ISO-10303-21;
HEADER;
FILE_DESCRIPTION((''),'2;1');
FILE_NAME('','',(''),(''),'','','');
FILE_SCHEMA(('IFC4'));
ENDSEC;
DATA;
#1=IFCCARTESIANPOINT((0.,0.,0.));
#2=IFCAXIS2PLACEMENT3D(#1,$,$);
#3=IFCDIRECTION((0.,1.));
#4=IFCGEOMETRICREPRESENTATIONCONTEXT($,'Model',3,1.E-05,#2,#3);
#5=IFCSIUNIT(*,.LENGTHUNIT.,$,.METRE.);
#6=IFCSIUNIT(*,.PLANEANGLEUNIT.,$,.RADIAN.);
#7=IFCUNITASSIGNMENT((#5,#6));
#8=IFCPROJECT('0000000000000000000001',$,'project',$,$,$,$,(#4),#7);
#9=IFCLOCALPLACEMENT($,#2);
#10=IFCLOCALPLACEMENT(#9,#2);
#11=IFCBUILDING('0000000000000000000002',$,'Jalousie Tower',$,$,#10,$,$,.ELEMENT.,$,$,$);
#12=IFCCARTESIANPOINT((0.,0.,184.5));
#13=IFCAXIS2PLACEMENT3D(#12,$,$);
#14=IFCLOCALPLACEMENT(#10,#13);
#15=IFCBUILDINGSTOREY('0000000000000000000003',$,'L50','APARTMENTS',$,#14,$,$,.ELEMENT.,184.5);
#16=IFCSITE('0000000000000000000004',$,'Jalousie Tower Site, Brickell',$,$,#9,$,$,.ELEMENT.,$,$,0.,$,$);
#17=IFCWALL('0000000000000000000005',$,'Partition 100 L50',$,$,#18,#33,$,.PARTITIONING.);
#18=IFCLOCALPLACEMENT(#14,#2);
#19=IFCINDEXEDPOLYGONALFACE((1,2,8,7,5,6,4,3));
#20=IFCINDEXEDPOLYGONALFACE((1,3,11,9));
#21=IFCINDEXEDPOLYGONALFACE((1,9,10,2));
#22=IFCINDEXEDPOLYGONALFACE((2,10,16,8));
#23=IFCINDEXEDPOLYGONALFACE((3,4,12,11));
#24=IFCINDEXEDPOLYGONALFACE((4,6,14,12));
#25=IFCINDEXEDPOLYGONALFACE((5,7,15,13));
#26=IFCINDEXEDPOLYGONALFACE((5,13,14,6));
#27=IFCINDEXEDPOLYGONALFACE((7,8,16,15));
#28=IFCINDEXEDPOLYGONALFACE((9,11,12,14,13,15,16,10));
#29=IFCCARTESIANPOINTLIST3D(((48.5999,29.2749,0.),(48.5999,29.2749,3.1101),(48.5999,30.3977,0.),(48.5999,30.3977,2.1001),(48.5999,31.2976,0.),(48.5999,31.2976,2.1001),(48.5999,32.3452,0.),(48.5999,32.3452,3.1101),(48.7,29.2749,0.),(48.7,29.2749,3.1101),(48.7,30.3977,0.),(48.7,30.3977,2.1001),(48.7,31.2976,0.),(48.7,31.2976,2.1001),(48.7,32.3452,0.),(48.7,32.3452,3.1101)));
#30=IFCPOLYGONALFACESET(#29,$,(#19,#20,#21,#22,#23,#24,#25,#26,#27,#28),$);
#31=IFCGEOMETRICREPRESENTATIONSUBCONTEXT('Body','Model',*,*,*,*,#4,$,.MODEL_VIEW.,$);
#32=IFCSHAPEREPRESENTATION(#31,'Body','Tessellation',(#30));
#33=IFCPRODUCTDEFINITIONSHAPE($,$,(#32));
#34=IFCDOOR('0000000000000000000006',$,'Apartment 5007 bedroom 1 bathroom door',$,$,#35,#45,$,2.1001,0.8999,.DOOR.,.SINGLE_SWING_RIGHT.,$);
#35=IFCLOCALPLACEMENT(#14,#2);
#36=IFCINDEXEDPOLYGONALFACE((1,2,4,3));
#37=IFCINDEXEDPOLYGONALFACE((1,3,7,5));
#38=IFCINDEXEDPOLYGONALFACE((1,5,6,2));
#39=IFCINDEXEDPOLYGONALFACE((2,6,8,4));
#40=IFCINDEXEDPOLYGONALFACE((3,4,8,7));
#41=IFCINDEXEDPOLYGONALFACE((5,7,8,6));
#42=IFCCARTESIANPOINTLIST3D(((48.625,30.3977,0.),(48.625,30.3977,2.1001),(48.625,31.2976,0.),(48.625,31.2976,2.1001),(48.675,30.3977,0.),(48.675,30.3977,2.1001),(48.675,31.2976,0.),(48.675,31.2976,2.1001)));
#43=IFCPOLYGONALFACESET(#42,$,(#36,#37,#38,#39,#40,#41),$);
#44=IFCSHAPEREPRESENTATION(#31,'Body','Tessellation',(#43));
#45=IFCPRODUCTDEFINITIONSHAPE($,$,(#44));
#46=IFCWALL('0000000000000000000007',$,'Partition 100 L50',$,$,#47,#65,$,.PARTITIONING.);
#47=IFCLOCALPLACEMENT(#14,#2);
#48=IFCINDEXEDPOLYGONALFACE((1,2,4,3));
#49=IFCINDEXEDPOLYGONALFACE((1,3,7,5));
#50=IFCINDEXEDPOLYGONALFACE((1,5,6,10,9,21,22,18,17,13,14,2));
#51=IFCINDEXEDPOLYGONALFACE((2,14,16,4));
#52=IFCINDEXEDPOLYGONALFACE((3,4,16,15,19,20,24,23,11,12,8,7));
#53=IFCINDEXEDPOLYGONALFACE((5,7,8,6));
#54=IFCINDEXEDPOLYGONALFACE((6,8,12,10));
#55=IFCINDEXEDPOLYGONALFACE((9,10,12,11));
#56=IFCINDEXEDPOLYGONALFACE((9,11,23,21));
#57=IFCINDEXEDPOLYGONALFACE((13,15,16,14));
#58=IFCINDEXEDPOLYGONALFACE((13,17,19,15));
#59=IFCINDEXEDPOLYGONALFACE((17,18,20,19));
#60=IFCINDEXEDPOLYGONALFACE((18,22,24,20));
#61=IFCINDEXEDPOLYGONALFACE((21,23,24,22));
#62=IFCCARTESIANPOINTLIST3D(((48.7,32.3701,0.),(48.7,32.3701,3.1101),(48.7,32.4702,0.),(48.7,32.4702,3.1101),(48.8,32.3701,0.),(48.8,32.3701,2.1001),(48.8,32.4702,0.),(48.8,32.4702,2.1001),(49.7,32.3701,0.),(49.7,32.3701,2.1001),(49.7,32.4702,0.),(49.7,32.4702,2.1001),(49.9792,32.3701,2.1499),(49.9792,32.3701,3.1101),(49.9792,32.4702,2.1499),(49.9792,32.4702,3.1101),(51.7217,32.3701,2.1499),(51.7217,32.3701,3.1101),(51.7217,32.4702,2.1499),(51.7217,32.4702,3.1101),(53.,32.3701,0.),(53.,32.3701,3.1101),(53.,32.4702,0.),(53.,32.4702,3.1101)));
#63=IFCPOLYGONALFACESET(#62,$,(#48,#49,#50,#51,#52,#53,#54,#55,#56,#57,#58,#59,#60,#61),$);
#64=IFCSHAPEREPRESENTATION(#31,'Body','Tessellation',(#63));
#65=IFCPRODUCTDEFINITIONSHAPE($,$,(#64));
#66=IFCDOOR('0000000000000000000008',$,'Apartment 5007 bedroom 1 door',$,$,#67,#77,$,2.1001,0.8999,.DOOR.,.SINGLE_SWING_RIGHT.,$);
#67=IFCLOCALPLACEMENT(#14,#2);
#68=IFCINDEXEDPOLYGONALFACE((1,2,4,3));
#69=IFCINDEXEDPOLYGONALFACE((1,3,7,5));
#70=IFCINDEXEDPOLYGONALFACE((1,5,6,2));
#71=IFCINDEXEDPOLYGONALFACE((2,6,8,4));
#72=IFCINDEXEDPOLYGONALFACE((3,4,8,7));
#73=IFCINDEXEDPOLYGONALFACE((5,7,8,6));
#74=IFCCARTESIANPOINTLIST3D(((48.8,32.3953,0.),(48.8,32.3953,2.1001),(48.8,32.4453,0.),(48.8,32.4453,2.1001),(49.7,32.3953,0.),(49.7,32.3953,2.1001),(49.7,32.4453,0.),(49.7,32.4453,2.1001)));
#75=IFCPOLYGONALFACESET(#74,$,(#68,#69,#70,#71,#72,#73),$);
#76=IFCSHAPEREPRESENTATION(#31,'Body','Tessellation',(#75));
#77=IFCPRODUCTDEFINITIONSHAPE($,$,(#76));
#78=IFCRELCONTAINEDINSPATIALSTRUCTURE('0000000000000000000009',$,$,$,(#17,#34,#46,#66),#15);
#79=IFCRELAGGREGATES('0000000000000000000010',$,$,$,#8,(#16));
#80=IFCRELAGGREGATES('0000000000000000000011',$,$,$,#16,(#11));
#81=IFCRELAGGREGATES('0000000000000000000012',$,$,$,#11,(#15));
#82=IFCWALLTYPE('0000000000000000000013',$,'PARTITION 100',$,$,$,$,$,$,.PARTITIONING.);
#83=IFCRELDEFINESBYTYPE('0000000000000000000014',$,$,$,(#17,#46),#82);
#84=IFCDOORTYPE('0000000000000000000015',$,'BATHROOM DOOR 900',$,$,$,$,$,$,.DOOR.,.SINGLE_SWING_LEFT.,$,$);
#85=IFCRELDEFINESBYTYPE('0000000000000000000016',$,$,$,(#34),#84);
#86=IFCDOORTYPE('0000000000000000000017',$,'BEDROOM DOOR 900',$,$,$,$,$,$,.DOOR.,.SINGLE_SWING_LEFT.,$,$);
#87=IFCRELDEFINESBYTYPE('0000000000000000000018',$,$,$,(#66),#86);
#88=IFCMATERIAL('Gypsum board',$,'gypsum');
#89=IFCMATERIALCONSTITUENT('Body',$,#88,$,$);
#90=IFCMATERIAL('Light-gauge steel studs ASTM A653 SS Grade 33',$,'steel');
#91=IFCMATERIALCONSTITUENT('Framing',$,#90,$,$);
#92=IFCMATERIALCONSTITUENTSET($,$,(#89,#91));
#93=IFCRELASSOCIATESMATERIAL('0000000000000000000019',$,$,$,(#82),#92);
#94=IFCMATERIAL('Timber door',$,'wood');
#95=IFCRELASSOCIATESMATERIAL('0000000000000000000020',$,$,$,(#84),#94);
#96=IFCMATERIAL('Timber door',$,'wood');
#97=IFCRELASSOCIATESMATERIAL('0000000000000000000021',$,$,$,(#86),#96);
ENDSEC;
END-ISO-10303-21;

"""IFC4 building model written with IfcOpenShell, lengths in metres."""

from ifc_helpers import new_model, si_unit, direction, frame, frame_2d, origin, place, context, subcontext, project, spatial, polyline, rectangle, outline, extrude, material, constituent, constituent_set, type_object, element, fill, save


model = new_model("IFC4")

# Units and contexts
model_context = context("Model", 3, precision=1e-05, world=origin(), true_north=direction((0.0, 1.0)))
body_context = subcontext(model_context, "Body", "Model", "MODEL_VIEW")
ifc_project = project(units=[si_unit("LENGTHUNIT", "METRE"), si_unit("PLANEANGLEUNIT", "RADIAN")], contexts=[model_context])

# Site, building, storey
site_placement = place(None, origin())
site = spatial("IfcSite", under=ifc_project, at=site_placement, Name="Jalousie Tower Site, Brickell", CompositionType="ELEMENT", RefElevation=0.0)
building_placement = place(site_placement, origin())
building = spatial("IfcBuilding", under=site, at=building_placement, Name="Jalousie Tower", CompositionType="ELEMENT")
storey_placement = place(building_placement, frame((0.0, 0.0, 184.5)))
storey = spatial("IfcBuildingStorey", under=building, at=storey_placement, Name="L50", Description="APARTMENTS", CompositionType="ELEMENT", Elevation=184.5)

# Walls, openings, doors
ifc_material_1 = material(Name="Gypsum board", Category="gypsum")
ifc_constituent_1 = constituent(ifc_material_1, Name="Body")
ifc_material_2 = material(Name="Light-gauge steel studs ASTM A653 SS Grade 33", Category="steel")
ifc_constituent_2 = constituent(ifc_material_2, Name="Framing")
ifc_constituent_set_1 = constituent_set(constituents=[ifc_constituent_1, ifc_constituent_2])
wall_type_1 = type_object("IfcWallType", Name="PARTITION 100", PredefinedType="PARTITIONING", material=ifc_constituent_set_1)
wall_1_placement = place(storey_placement, frame((48.6499, 32.3452, 0.0), z_axis=(0.0, 0.0, 1.0), x_axis=(0.0, -1.0, 0.0)))
wall_1 = element("IfcWall", 1, at=wall_1_placement, inside=storey, type_object=wall_type_1, Name="Partition 100 L50", PredefinedType="PARTITIONING", context=body_context, shape_type="SweptSolid", body=[
    extrude(rectangle(XDim=3.0703, YDim=0.1001, at=frame_2d((1.5352, 0.0))), origin(), (0.0, 0.0, 1.0), 3.1101),
])
opening_1_placement = place(wall_1_placement, frame((1.0476, 0.0, 0.0)))
opening_1 = element("IfcOpeningElement", 2, at=opening_1_placement, cuts=wall_1, PredefinedType="OPENING", context=body_context, shape_type="SweptSolid", body=[
    extrude(rectangle(XDim=0.8999, YDim=2.1001, at=frame_2d((0.45, 1.05))), frame((0.0, 0.0601, 0.0), z_axis=(0.0, -1.0, 0.0), x_axis=(1.0, 0.0, 0.0)), (0.0, 0.0, 1.0), 0.1201),
])
ifc_material_3 = material(Name="Timber door", Category="wood")
door_type_1 = type_object("IfcDoorType", Name="BATHROOM DOOR 900", OperationType="SINGLE_SWING_LEFT", PredefinedType="DOOR", material=ifc_material_3)
door_1_placement = place(opening_1_placement, frame((0.8999, 0.0, 0.0), z_axis=(0.0, 0.0, 1.0), x_axis=(-1.0, 0.0, 0.0)))
door_1 = element("IfcDoor", 3, at=door_1_placement, inside=storey, type_object=door_type_1, Name="Apartment 5007 bedroom 1 bathroom door", OperationType="SINGLE_SWING_RIGHT", OverallHeight=2.1001, OverallWidth=0.8999, PredefinedType="DOOR", context=body_context, shape_type="SweptSolid", body=[
    extrude(rectangle(XDim=0.8999, YDim=2.1001, at=frame_2d((0.45, 1.05))), frame((0.0, 0.0249, 0.0), z_axis=(0.0, -1.0, 0.0), x_axis=(1.0, 0.0, 0.0)), (0.0, 0.0, 1.0), 0.05),
])
fill(opening_1, door_1)
wall_2_placement = place(storey_placement, frame((48.7, 32.4202, 0.0), z_axis=(0.0, 0.0, 1.0), x_axis=(1.0, 0.0, 0.0)))
wall_2 = element("IfcWall", 4, at=wall_2_placement, inside=storey, type_object=wall_type_1, Name="Partition 100 L50", PredefinedType="PARTITIONING", context=body_context, shape_type="SweptSolid", body=[
    extrude(outline(polyline([(0.0, 0.0), (4.3, 0.0), (4.3, 3.1101), (3.0217, 3.1101), (3.0217, 2.1499), (1.2793, 2.1499), (1.2793, 3.1101), (0.0, 3.1101), (0.0, 0.0)])), frame((0.0, 0.05, 0.0), z_axis=(0.0, -1.0, 0.0), x_axis=(1.0, 0.0, 0.0)), (0.0, 0.0, 1.0), 0.1001),
])
opening_2_placement = place(wall_2_placement, frame((0.1001, 0.0, 0.0)))
opening_2 = element("IfcOpeningElement", 5, at=opening_2_placement, cuts=wall_2, PredefinedType="OPENING", context=body_context, shape_type="SweptSolid", body=[
    extrude(rectangle(XDim=0.8999, YDim=2.1001, at=frame_2d((0.45, 1.05))), frame((0.0, 0.0601, 0.0), z_axis=(0.0, -1.0, 0.0), x_axis=(1.0, 0.0, 0.0)), (0.0, 0.0, 1.0), 0.1201),
])
ifc_material_4 = material(Name="Timber door", Category="wood")
door_type_2 = type_object("IfcDoorType", Name="BEDROOM DOOR 900", OperationType="SINGLE_SWING_LEFT", PredefinedType="DOOR", material=ifc_material_4)
door_2_placement = place(opening_2_placement, frame((0.8999, 0.0, 0.0), z_axis=(0.0, 0.0, 1.0), x_axis=(-1.0, 0.0, 0.0)))
door_2 = element("IfcDoor", 6, at=door_2_placement, inside=storey, type_object=door_type_2, Name="Apartment 5007 bedroom 1 door", OperationType="SINGLE_SWING_RIGHT", OverallHeight=2.1001, OverallWidth=0.8999, PredefinedType="DOOR", context=body_context, shape_type="SweptSolid", body=[
    extrude(rectangle(XDim=0.8999, YDim=2.1001, at=frame_2d((0.45, 1.05))), frame((0.0, 0.0249, 0.0), z_axis=(0.0, -1.0, 0.0), x_axis=(1.0, 0.0, 0.0)), (0.0, 0.0, 1.0), 0.05),
])
fill(opening_2, door_2)

save(model, "model.ifc")
